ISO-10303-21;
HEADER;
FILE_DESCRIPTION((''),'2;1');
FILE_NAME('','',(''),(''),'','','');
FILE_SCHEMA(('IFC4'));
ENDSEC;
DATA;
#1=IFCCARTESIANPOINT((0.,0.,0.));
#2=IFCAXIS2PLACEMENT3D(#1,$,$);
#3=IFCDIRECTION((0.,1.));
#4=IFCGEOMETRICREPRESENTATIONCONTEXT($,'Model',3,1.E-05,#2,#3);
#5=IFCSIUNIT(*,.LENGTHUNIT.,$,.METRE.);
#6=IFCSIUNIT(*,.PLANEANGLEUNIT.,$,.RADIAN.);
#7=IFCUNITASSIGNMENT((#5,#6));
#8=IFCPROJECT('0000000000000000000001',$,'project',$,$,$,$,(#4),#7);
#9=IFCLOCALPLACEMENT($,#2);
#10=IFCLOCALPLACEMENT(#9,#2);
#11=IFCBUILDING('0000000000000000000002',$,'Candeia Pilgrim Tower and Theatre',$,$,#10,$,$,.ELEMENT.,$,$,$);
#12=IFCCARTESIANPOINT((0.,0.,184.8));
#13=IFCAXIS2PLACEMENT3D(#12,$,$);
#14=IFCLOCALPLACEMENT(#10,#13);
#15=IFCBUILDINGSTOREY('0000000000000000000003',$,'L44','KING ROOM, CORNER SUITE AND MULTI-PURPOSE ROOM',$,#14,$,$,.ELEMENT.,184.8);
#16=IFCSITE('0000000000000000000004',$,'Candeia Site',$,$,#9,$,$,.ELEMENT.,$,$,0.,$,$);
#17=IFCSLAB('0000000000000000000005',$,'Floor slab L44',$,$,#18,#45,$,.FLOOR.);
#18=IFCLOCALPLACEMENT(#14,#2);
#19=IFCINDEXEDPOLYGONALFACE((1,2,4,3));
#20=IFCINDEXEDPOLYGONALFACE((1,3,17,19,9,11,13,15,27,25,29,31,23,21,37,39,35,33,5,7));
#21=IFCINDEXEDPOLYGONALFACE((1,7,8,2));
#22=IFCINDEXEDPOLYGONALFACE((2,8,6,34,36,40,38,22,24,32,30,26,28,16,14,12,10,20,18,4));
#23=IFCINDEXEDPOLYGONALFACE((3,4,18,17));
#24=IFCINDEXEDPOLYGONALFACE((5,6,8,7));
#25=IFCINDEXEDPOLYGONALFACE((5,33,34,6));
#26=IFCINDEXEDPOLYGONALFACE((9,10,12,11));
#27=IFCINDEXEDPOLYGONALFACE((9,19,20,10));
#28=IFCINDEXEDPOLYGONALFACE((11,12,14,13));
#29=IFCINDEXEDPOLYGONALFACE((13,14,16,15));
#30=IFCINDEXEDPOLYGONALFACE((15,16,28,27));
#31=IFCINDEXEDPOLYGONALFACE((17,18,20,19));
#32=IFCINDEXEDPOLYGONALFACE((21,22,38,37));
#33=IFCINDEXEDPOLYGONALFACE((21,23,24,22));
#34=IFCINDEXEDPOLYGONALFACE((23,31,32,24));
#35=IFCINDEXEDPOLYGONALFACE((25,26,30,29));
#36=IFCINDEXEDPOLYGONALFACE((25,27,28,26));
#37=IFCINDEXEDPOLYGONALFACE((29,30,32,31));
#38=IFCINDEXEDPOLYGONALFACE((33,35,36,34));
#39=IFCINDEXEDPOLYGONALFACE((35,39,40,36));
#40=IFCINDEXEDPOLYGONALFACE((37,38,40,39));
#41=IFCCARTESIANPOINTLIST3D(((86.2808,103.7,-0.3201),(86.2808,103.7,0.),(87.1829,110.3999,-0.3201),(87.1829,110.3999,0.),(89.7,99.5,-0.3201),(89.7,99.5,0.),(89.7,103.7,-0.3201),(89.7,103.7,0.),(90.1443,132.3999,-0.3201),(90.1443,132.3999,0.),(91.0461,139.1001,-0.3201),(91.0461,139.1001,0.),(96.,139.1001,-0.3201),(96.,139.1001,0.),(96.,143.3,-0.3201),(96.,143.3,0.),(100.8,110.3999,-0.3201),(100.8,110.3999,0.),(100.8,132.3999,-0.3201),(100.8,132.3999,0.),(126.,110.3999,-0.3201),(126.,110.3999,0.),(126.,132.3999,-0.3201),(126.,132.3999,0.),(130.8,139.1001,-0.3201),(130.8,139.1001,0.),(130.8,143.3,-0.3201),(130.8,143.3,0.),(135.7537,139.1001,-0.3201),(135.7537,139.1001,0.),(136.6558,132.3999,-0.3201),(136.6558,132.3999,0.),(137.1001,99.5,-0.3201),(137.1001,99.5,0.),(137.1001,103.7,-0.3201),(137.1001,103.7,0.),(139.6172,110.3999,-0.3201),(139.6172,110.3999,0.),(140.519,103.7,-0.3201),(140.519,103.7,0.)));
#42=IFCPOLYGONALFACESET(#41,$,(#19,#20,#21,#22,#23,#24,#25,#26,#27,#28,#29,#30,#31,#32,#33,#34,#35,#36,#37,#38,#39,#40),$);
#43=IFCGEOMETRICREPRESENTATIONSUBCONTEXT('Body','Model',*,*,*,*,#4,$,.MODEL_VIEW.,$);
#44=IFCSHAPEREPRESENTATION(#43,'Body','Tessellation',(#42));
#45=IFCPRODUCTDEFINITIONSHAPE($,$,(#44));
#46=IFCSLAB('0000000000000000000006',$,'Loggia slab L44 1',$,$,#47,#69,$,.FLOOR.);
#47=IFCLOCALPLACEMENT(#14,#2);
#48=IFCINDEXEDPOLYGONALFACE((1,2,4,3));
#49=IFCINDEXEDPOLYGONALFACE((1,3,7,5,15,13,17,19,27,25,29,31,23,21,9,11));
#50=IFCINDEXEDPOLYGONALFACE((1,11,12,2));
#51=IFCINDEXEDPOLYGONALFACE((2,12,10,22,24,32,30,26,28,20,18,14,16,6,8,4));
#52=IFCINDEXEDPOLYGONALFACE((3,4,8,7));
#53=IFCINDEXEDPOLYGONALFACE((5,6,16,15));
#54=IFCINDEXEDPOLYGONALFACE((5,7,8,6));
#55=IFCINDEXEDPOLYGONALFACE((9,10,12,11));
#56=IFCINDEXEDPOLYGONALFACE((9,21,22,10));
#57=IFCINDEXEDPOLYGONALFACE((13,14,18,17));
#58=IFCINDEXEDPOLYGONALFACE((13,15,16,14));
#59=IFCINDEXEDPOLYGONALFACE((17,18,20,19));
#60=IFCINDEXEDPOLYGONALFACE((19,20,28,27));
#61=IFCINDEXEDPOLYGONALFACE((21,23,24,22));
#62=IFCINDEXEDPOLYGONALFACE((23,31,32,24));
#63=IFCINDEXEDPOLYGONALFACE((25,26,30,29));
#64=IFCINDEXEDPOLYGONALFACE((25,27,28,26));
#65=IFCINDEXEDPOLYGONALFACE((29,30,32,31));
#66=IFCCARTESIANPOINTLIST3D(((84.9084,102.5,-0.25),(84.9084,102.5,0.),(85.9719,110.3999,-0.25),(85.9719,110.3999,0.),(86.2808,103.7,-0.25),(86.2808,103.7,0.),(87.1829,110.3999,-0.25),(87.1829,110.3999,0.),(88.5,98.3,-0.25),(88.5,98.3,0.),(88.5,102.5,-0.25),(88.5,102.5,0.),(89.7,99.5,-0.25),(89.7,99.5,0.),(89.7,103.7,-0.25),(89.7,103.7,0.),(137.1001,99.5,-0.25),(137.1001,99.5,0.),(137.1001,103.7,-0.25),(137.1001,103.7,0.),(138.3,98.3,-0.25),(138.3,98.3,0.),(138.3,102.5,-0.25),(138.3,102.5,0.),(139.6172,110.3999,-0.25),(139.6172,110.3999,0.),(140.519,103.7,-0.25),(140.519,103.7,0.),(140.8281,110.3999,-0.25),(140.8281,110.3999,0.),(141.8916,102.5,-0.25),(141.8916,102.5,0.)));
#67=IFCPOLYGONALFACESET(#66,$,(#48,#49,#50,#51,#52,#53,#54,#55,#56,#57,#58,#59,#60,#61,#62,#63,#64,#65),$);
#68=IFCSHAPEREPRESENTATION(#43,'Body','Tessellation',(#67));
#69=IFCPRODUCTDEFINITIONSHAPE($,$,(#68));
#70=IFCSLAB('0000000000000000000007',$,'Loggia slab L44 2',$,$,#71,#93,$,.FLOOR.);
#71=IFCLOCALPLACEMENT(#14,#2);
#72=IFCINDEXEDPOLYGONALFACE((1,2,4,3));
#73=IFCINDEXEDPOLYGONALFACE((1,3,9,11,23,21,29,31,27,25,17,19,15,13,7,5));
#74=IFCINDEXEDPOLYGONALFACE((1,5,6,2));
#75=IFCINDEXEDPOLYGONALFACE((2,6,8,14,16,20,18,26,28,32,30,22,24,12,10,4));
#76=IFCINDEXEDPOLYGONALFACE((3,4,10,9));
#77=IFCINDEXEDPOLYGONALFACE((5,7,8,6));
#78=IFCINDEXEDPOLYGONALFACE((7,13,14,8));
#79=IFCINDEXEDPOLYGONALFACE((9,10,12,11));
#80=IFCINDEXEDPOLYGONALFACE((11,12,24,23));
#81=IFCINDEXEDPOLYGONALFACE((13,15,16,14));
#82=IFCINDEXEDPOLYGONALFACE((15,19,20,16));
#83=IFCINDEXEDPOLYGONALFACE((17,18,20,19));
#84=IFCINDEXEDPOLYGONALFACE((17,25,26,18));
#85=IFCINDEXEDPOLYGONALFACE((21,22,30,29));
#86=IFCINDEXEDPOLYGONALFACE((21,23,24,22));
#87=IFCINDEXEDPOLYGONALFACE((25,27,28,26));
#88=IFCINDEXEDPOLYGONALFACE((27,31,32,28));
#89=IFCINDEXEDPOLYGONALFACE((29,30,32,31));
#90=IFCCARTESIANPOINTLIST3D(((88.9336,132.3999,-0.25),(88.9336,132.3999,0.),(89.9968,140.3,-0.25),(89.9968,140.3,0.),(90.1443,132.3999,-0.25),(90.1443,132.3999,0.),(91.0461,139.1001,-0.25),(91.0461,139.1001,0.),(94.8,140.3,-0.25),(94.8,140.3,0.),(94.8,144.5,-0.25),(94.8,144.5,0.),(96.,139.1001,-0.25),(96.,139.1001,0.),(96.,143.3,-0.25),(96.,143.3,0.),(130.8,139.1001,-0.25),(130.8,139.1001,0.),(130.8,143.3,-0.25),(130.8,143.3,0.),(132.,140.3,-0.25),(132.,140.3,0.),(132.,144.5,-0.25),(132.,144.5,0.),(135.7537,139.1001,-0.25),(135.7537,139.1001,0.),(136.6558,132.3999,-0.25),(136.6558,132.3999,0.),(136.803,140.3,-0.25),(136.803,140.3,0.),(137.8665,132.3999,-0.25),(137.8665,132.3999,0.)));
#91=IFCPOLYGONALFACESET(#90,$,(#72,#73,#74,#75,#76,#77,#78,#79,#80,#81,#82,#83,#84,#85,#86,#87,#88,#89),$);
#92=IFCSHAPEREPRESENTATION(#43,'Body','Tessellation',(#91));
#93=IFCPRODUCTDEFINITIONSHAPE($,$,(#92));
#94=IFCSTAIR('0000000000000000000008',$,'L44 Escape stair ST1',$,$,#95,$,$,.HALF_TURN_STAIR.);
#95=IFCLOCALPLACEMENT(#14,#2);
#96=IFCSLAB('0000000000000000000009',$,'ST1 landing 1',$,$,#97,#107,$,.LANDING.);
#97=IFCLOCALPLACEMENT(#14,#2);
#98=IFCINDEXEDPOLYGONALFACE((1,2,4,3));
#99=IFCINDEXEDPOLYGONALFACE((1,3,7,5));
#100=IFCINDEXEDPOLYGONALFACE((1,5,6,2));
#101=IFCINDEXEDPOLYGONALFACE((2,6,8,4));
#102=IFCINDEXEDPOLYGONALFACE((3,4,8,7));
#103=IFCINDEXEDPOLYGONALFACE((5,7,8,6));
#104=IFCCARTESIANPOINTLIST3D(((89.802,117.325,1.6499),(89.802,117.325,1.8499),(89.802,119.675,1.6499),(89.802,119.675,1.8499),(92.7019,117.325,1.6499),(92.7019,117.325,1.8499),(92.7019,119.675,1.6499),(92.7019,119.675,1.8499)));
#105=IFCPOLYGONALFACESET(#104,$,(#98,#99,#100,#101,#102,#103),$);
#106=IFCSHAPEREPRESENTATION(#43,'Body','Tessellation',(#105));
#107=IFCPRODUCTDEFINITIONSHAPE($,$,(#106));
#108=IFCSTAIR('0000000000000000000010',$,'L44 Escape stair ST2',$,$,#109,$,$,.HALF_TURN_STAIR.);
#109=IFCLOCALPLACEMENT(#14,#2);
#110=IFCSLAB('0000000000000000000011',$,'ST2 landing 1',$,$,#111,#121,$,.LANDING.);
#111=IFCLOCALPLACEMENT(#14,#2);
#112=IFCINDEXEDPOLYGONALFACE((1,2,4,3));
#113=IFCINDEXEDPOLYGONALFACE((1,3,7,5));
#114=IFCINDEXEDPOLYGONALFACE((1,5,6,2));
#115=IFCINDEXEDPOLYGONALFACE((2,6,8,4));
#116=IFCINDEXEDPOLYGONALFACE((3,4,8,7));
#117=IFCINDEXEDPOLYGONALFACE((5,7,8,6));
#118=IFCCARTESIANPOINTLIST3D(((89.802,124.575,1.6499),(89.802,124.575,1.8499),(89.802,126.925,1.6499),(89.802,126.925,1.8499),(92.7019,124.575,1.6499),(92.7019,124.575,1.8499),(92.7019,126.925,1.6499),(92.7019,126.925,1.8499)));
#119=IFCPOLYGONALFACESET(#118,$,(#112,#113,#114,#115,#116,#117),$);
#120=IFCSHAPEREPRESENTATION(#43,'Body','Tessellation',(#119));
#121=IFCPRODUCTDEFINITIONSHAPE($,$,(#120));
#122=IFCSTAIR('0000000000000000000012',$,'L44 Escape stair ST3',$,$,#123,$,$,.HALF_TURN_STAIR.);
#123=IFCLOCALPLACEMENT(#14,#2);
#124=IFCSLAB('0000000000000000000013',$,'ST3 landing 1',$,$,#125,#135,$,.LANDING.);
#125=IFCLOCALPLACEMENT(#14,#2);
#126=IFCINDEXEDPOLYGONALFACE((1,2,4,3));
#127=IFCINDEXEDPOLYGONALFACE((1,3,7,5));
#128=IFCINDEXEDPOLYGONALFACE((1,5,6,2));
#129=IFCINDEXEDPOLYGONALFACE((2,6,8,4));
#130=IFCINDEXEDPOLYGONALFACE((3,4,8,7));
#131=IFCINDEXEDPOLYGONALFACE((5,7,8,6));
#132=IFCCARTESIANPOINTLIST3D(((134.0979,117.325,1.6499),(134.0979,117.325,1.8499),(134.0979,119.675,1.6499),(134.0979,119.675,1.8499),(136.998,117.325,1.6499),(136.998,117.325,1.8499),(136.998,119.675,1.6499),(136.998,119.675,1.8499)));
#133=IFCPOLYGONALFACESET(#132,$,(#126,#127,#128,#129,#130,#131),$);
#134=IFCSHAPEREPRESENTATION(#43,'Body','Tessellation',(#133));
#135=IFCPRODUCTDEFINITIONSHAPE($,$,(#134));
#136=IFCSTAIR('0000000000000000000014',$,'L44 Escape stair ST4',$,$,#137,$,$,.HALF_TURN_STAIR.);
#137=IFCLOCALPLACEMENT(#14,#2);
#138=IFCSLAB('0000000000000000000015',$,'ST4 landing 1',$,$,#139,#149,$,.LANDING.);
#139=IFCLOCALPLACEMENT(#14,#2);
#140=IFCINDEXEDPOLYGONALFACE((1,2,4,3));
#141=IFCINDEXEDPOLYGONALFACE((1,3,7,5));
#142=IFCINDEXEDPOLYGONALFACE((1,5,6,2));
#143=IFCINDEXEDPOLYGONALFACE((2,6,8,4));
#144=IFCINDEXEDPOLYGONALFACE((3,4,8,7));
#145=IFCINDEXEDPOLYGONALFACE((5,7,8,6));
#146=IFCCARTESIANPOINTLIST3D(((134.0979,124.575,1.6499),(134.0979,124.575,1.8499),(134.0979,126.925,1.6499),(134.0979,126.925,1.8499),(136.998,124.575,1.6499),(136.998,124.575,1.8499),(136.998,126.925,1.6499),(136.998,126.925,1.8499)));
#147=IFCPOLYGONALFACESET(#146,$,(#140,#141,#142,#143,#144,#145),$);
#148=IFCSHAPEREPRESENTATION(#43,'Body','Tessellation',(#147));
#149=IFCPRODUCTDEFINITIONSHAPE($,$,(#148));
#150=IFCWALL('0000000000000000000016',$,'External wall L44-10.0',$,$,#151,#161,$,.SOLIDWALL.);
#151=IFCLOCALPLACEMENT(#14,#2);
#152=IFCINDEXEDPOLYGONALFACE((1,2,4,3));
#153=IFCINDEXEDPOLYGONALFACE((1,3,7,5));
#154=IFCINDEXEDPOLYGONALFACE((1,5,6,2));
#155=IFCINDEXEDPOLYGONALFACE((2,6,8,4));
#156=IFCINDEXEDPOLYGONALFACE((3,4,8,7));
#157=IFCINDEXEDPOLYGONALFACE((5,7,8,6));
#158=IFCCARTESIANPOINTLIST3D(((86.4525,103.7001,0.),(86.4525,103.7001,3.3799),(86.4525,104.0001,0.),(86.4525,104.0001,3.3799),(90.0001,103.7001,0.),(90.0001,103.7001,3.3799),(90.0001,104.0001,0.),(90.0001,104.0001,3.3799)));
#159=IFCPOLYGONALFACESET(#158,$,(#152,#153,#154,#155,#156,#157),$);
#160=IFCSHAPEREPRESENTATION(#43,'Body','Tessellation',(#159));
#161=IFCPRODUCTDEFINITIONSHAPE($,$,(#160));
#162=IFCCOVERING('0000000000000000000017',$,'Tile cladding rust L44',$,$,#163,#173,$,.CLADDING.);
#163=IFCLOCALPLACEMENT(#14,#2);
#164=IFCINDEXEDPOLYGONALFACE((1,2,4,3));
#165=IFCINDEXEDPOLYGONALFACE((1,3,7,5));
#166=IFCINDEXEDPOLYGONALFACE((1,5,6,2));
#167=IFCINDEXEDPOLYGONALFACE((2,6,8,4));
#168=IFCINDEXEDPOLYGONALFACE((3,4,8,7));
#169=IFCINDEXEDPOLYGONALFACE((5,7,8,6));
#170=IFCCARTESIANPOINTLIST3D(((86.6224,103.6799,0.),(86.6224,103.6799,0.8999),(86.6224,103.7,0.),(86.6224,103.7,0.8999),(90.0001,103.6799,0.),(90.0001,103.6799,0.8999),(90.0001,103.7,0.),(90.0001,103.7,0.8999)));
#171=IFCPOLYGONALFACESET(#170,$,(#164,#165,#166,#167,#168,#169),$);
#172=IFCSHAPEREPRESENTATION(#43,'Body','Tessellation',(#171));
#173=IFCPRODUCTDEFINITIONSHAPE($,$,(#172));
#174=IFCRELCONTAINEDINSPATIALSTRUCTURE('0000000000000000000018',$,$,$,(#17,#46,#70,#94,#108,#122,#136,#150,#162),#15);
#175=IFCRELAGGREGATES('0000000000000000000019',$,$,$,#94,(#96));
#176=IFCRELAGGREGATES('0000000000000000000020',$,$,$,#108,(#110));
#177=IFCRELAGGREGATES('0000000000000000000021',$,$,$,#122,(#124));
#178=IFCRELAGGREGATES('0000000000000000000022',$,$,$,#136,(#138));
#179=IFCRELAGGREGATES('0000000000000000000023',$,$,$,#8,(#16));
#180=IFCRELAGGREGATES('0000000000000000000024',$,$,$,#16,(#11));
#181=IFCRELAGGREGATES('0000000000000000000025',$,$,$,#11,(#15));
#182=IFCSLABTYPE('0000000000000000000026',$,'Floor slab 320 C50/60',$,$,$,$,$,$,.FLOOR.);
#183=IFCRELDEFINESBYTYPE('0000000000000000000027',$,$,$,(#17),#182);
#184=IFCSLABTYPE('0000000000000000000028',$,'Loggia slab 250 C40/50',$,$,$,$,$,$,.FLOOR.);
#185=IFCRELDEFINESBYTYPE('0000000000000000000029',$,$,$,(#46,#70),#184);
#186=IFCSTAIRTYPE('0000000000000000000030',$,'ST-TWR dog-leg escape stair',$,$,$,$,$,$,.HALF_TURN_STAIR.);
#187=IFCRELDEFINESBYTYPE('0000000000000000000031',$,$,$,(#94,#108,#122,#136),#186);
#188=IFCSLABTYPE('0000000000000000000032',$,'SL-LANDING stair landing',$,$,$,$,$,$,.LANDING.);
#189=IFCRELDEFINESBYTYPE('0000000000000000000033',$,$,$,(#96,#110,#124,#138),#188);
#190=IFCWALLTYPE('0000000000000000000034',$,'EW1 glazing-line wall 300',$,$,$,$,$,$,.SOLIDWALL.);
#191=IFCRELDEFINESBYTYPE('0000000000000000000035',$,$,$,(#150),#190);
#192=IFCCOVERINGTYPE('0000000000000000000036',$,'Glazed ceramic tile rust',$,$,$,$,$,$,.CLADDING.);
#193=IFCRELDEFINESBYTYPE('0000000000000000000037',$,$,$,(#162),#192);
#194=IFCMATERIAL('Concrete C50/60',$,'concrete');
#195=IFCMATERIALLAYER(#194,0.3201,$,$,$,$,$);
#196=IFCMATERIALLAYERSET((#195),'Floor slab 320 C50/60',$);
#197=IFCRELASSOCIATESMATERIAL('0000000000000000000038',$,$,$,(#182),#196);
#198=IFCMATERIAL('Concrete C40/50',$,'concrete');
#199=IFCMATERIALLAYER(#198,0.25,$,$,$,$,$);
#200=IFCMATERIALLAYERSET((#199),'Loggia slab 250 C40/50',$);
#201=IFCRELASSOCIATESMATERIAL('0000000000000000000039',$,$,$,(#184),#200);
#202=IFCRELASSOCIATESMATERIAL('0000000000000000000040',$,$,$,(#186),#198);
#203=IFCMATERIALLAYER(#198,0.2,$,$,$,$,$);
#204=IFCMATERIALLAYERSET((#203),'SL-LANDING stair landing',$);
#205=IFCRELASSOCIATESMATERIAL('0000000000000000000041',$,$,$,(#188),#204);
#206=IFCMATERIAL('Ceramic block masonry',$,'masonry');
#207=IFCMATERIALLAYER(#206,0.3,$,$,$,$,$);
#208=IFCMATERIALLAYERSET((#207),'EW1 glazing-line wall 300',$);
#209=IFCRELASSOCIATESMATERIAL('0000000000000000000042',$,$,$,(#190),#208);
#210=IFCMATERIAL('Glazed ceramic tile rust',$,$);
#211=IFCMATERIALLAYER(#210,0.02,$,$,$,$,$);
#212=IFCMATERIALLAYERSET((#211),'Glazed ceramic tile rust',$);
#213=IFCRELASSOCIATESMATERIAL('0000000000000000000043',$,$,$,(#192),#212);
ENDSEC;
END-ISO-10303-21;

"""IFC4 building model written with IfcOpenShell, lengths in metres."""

from ifc_helpers import new_model, si_unit, direction, frame, frame_2d, origin, origin_2d, place, context, subcontext, project, spatial, polyline, rectangle, outline, extrude, material, layer, layer_set, type_object, element, aggregate, save


model = new_model("IFC4")

# Units and contexts
model_context = context("Model", 3, precision=1e-05, world=origin(), true_north=direction((0.0, 1.0)))
body_context = subcontext(model_context, "Body", "Model", "MODEL_VIEW")
ifc_project = project(units=[si_unit("LENGTHUNIT", "METRE"), si_unit("PLANEANGLEUNIT", "RADIAN")], contexts=[model_context])

# Site, building, storey
site_placement = place(None, origin())
site = spatial("IfcSite", under=ifc_project, at=site_placement, Name="Candeia Site", CompositionType="ELEMENT", RefElevation=0.0)
building_placement = place(site_placement, origin())
building = spatial("IfcBuilding", under=site, at=building_placement, Name="Candeia Pilgrim Tower and Theatre", CompositionType="ELEMENT")
storey_placement = place(building_placement, frame((0.0, 0.0, 184.8)))
storey = spatial("IfcBuildingStorey", under=building, at=storey_placement, Name="L44", Description="KING ROOM, CORNER SUITE AND MULTI-PURPOSE ROOM", CompositionType="ELEMENT", Elevation=184.8)

# Slabs
ifc_material_1 = material(Name="Concrete C40/50", Category="concrete")
ifc_material_2 = material(Name="Concrete C50/60", Category="concrete")
ifc_layer_1 = layer(ifc_material_2, 0.3201)
ifc_layer_set_1 = layer_set([ifc_layer_1], Name="Floor slab 320 C50/60")
slab_type_1 = type_object("IfcSlabType", Name="Floor slab 320 C50/60", PredefinedType="FLOOR", material=ifc_layer_set_1)
slab_1_placement = place(storey_placement, frame((0.0, 0.0, -0.3201)))
element("IfcSlab", 1, at=slab_1_placement, inside=storey, type_object=slab_type_1, Name="Floor slab L44", PredefinedType="FLOOR", context=body_context, shape_type="SweptSolid", body=[
    extrude(outline(polyline([(96.0, 139.1001), (96.0, 143.3), (130.8, 143.3), (130.8, 139.1001), (135.7537, 139.1001), (136.6558, 132.3999), (126.0, 132.3999), (126.0, 110.3999), (139.6172, 110.3999), (140.519, 103.7), (137.1001, 103.7), (137.1001, 99.5), (89.7, 99.5), (89.7, 103.7), (86.2808, 103.7), (87.1829, 110.3999), (100.8, 110.3999), (100.8, 132.3999), (90.1443, 132.3999), (91.0461, 139.1001), (96.0, 139.1001)])), origin(), (0.0, 0.0, 1.0), 0.3201),
])
ifc_layer_2 = layer(ifc_material_1, 0.25)
ifc_layer_set_2 = layer_set([ifc_layer_2], Name="Loggia slab 250 C40/50")
slab_type_2 = type_object("IfcSlabType", Name="Loggia slab 250 C40/50", PredefinedType="FLOOR", material=ifc_layer_set_2)
slab_2_placement = place(storey_placement, frame((0.0, 0.0, -0.25)))
element("IfcSlab", 2, at=slab_2_placement, inside=storey, type_object=slab_type_2, Name="Loggia slab L44 1", PredefinedType="FLOOR", context=body_context, shape_type="SweptSolid", body=[
    extrude(outline(polyline([(87.1829, 110.3999), (86.2808, 103.7), (89.7, 103.7), (89.7, 99.5), (137.1001, 99.5), (137.1001, 103.7), (140.519, 103.7), (139.6172, 110.3999), (140.8281, 110.3999), (141.8916, 102.5), (138.3, 102.5), (138.3, 98.3), (88.5, 98.3), (88.5, 102.5), (84.9084, 102.5), (85.9719, 110.3999), (87.1829, 110.3999)])), origin(), (0.0, 0.0, 1.0), 0.25),
])
slab_3_placement = place(storey_placement, frame((0.0, 0.0, -0.25)))
element("IfcSlab", 3, at=slab_3_placement, inside=storey, type_object=slab_type_2, Name="Loggia slab L44 2", PredefinedType="FLOOR", context=body_context, shape_type="SweptSolid", body=[
    extrude(outline(polyline([(136.6558, 132.3999), (135.7537, 139.1001), (130.8, 139.1001), (130.8, 143.3), (96.0, 143.3), (96.0, 139.1001), (91.0461, 139.1001), (90.1443, 132.3999), (88.9336, 132.3999), (89.9968, 140.3), (94.8, 140.3), (94.8, 144.5), (132.0, 144.5), (132.0, 140.3), (136.803, 140.3), (137.8665, 132.3999), (136.6558, 132.3999)])), origin(), (0.0, 0.0, 1.0), 0.25),
])

# Stairs, slabs
stair_type = type_object("IfcStairType", Name="ST-TWR dog-leg escape stair", PredefinedType="HALF_TURN_STAIR", material=ifc_material_1)
stair_1_placement = place(storey_placement, origin())
stair_1 = element("IfcStair", 4, at=stair_1_placement, inside=storey, type_object=stair_type, Name="L44 Escape stair ST1", PredefinedType="HALF_TURN_STAIR")
ifc_layer_3 = layer(ifc_material_1, 0.2)
ifc_layer_set_3 = layer_set([ifc_layer_3], Name="SL-LANDING stair landing")
slab_type_3 = type_object("IfcSlabType", Name="SL-LANDING stair landing", PredefinedType="LANDING", material=ifc_layer_set_3)
slab_4_placement = place(storey_placement, frame((0.0, 0.0, 1.6499)))
slab_4 = element("IfcSlab", 5, at=slab_4_placement, type_object=slab_type_3, Name="ST1 landing 1", PredefinedType="LANDING", context=body_context, shape_type="SweptSolid", body=[
    extrude(outline(polyline([(89.802, 119.675), (89.802, 117.325), (92.7019, 117.325), (92.7019, 119.675), (89.802, 119.675)])), origin(), (0.0, 0.0, 1.0), 0.2),
])
aggregate(stair_1, [slab_4])
stair_2_placement = place(storey_placement, origin())
stair_2 = element("IfcStair", 6, at=stair_2_placement, inside=storey, type_object=stair_type, Name="L44 Escape stair ST2", PredefinedType="HALF_TURN_STAIR")
slab_5_placement = place(storey_placement, frame((0.0, 0.0, 1.6499)))
slab_5 = element("IfcSlab", 7, at=slab_5_placement, type_object=slab_type_3, Name="ST2 landing 1", PredefinedType="LANDING", context=body_context, shape_type="SweptSolid", body=[
    extrude(outline(polyline([(89.802, 126.925), (89.802, 124.575), (92.7019, 124.575), (92.7019, 126.925), (89.802, 126.925)])), origin(), (0.0, 0.0, 1.0), 0.2),
])
aggregate(stair_2, [slab_5])
stair_3_placement = place(storey_placement, origin())
stair_3 = element("IfcStair", 8, at=stair_3_placement, inside=storey, type_object=stair_type, Name="L44 Escape stair ST3", PredefinedType="HALF_TURN_STAIR")
slab_6_placement = place(storey_placement, frame((0.0, 0.0, 1.6499)))
slab_6 = element("IfcSlab", 9, at=slab_6_placement, type_object=slab_type_3, Name="ST3 landing 1", PredefinedType="LANDING", context=body_context, shape_type="SweptSolid", body=[
    extrude(outline(polyline([(134.0979, 119.675), (134.0979, 117.325), (136.998, 117.325), (136.998, 119.675), (134.0979, 119.675)])), origin(), (0.0, 0.0, 1.0), 0.2),
])
aggregate(stair_3, [slab_6])
stair_4_placement = place(storey_placement, origin())
stair_4 = element("IfcStair", 10, at=stair_4_placement, inside=storey, type_object=stair_type, Name="L44 Escape stair ST4", PredefinedType="HALF_TURN_STAIR")
slab_7_placement = place(storey_placement, frame((0.0, 0.0, 1.6499)))
slab_7 = element("IfcSlab", 11, at=slab_7_placement, type_object=slab_type_3, Name="ST4 landing 1", PredefinedType="LANDING", context=body_context, shape_type="SweptSolid", body=[
    extrude(outline(polyline([(134.0979, 126.925), (134.0979, 124.575), (136.998, 124.575), (136.998, 126.925), (134.0979, 126.925)])), origin(), (0.0, 0.0, 1.0), 0.2),
])
aggregate(stair_4, [slab_7])

# Wall
ifc_material_3 = material(Name="Ceramic block masonry", Category="masonry")
ifc_layer_4 = layer(ifc_material_3, 0.3)
ifc_layer_set_4 = layer_set([ifc_layer_4], Name="EW1 glazing-line wall 300")
wall_type = type_object("IfcWallType", Name="EW1 glazing-line wall 300", PredefinedType="SOLIDWALL", material=ifc_layer_set_4)
wall_placement = place(storey_placement, frame((86.4524, 103.8501, 0.0), z_axis=(0.0, 0.0, 1.0), x_axis=(1.0, 0.0, 0.0)))
element("IfcWall", 12, at=wall_placement, inside=storey, type_object=wall_type, Name="External wall L44-10.0", PredefinedType="SOLIDWALL", context=body_context, shape_type="SweptSolid", body=[
    extrude(rectangle(XDim=3.5476, YDim=0.3, at=frame_2d((1.7739, 0.0))), origin(), (0.0, 0.0, 1.0), 3.3799),
])

# Covering
ifc_material_4 = material(Name="Glazed ceramic tile rust")
ifc_layer_5 = layer(ifc_material_4, 0.02)
ifc_layer_set_5 = layer_set([ifc_layer_5], Name="Glazed ceramic tile rust")
covering_type = type_object("IfcCoveringType", Name="Glazed ceramic tile rust", PredefinedType="CLADDING", material=ifc_layer_set_5)
covering_placement = place(storey_placement, frame((88.3113, 103.6899, 0.0), z_axis=(0.0, 0.0, 1.0), x_axis=(1.0, 0.0, 0.0)))
element("IfcCovering", 13, at=covering_placement, inside=storey, type_object=covering_type, Name="Tile cladding rust L44", PredefinedType="CLADDING", context=body_context, shape_type="SweptSolid", body=[
    extrude(rectangle(XDim=3.3777, YDim=0.02, at=origin_2d()), origin(), (0.0, 0.0, 1.0), 0.8999),
])

save(model, "model.ifc")
